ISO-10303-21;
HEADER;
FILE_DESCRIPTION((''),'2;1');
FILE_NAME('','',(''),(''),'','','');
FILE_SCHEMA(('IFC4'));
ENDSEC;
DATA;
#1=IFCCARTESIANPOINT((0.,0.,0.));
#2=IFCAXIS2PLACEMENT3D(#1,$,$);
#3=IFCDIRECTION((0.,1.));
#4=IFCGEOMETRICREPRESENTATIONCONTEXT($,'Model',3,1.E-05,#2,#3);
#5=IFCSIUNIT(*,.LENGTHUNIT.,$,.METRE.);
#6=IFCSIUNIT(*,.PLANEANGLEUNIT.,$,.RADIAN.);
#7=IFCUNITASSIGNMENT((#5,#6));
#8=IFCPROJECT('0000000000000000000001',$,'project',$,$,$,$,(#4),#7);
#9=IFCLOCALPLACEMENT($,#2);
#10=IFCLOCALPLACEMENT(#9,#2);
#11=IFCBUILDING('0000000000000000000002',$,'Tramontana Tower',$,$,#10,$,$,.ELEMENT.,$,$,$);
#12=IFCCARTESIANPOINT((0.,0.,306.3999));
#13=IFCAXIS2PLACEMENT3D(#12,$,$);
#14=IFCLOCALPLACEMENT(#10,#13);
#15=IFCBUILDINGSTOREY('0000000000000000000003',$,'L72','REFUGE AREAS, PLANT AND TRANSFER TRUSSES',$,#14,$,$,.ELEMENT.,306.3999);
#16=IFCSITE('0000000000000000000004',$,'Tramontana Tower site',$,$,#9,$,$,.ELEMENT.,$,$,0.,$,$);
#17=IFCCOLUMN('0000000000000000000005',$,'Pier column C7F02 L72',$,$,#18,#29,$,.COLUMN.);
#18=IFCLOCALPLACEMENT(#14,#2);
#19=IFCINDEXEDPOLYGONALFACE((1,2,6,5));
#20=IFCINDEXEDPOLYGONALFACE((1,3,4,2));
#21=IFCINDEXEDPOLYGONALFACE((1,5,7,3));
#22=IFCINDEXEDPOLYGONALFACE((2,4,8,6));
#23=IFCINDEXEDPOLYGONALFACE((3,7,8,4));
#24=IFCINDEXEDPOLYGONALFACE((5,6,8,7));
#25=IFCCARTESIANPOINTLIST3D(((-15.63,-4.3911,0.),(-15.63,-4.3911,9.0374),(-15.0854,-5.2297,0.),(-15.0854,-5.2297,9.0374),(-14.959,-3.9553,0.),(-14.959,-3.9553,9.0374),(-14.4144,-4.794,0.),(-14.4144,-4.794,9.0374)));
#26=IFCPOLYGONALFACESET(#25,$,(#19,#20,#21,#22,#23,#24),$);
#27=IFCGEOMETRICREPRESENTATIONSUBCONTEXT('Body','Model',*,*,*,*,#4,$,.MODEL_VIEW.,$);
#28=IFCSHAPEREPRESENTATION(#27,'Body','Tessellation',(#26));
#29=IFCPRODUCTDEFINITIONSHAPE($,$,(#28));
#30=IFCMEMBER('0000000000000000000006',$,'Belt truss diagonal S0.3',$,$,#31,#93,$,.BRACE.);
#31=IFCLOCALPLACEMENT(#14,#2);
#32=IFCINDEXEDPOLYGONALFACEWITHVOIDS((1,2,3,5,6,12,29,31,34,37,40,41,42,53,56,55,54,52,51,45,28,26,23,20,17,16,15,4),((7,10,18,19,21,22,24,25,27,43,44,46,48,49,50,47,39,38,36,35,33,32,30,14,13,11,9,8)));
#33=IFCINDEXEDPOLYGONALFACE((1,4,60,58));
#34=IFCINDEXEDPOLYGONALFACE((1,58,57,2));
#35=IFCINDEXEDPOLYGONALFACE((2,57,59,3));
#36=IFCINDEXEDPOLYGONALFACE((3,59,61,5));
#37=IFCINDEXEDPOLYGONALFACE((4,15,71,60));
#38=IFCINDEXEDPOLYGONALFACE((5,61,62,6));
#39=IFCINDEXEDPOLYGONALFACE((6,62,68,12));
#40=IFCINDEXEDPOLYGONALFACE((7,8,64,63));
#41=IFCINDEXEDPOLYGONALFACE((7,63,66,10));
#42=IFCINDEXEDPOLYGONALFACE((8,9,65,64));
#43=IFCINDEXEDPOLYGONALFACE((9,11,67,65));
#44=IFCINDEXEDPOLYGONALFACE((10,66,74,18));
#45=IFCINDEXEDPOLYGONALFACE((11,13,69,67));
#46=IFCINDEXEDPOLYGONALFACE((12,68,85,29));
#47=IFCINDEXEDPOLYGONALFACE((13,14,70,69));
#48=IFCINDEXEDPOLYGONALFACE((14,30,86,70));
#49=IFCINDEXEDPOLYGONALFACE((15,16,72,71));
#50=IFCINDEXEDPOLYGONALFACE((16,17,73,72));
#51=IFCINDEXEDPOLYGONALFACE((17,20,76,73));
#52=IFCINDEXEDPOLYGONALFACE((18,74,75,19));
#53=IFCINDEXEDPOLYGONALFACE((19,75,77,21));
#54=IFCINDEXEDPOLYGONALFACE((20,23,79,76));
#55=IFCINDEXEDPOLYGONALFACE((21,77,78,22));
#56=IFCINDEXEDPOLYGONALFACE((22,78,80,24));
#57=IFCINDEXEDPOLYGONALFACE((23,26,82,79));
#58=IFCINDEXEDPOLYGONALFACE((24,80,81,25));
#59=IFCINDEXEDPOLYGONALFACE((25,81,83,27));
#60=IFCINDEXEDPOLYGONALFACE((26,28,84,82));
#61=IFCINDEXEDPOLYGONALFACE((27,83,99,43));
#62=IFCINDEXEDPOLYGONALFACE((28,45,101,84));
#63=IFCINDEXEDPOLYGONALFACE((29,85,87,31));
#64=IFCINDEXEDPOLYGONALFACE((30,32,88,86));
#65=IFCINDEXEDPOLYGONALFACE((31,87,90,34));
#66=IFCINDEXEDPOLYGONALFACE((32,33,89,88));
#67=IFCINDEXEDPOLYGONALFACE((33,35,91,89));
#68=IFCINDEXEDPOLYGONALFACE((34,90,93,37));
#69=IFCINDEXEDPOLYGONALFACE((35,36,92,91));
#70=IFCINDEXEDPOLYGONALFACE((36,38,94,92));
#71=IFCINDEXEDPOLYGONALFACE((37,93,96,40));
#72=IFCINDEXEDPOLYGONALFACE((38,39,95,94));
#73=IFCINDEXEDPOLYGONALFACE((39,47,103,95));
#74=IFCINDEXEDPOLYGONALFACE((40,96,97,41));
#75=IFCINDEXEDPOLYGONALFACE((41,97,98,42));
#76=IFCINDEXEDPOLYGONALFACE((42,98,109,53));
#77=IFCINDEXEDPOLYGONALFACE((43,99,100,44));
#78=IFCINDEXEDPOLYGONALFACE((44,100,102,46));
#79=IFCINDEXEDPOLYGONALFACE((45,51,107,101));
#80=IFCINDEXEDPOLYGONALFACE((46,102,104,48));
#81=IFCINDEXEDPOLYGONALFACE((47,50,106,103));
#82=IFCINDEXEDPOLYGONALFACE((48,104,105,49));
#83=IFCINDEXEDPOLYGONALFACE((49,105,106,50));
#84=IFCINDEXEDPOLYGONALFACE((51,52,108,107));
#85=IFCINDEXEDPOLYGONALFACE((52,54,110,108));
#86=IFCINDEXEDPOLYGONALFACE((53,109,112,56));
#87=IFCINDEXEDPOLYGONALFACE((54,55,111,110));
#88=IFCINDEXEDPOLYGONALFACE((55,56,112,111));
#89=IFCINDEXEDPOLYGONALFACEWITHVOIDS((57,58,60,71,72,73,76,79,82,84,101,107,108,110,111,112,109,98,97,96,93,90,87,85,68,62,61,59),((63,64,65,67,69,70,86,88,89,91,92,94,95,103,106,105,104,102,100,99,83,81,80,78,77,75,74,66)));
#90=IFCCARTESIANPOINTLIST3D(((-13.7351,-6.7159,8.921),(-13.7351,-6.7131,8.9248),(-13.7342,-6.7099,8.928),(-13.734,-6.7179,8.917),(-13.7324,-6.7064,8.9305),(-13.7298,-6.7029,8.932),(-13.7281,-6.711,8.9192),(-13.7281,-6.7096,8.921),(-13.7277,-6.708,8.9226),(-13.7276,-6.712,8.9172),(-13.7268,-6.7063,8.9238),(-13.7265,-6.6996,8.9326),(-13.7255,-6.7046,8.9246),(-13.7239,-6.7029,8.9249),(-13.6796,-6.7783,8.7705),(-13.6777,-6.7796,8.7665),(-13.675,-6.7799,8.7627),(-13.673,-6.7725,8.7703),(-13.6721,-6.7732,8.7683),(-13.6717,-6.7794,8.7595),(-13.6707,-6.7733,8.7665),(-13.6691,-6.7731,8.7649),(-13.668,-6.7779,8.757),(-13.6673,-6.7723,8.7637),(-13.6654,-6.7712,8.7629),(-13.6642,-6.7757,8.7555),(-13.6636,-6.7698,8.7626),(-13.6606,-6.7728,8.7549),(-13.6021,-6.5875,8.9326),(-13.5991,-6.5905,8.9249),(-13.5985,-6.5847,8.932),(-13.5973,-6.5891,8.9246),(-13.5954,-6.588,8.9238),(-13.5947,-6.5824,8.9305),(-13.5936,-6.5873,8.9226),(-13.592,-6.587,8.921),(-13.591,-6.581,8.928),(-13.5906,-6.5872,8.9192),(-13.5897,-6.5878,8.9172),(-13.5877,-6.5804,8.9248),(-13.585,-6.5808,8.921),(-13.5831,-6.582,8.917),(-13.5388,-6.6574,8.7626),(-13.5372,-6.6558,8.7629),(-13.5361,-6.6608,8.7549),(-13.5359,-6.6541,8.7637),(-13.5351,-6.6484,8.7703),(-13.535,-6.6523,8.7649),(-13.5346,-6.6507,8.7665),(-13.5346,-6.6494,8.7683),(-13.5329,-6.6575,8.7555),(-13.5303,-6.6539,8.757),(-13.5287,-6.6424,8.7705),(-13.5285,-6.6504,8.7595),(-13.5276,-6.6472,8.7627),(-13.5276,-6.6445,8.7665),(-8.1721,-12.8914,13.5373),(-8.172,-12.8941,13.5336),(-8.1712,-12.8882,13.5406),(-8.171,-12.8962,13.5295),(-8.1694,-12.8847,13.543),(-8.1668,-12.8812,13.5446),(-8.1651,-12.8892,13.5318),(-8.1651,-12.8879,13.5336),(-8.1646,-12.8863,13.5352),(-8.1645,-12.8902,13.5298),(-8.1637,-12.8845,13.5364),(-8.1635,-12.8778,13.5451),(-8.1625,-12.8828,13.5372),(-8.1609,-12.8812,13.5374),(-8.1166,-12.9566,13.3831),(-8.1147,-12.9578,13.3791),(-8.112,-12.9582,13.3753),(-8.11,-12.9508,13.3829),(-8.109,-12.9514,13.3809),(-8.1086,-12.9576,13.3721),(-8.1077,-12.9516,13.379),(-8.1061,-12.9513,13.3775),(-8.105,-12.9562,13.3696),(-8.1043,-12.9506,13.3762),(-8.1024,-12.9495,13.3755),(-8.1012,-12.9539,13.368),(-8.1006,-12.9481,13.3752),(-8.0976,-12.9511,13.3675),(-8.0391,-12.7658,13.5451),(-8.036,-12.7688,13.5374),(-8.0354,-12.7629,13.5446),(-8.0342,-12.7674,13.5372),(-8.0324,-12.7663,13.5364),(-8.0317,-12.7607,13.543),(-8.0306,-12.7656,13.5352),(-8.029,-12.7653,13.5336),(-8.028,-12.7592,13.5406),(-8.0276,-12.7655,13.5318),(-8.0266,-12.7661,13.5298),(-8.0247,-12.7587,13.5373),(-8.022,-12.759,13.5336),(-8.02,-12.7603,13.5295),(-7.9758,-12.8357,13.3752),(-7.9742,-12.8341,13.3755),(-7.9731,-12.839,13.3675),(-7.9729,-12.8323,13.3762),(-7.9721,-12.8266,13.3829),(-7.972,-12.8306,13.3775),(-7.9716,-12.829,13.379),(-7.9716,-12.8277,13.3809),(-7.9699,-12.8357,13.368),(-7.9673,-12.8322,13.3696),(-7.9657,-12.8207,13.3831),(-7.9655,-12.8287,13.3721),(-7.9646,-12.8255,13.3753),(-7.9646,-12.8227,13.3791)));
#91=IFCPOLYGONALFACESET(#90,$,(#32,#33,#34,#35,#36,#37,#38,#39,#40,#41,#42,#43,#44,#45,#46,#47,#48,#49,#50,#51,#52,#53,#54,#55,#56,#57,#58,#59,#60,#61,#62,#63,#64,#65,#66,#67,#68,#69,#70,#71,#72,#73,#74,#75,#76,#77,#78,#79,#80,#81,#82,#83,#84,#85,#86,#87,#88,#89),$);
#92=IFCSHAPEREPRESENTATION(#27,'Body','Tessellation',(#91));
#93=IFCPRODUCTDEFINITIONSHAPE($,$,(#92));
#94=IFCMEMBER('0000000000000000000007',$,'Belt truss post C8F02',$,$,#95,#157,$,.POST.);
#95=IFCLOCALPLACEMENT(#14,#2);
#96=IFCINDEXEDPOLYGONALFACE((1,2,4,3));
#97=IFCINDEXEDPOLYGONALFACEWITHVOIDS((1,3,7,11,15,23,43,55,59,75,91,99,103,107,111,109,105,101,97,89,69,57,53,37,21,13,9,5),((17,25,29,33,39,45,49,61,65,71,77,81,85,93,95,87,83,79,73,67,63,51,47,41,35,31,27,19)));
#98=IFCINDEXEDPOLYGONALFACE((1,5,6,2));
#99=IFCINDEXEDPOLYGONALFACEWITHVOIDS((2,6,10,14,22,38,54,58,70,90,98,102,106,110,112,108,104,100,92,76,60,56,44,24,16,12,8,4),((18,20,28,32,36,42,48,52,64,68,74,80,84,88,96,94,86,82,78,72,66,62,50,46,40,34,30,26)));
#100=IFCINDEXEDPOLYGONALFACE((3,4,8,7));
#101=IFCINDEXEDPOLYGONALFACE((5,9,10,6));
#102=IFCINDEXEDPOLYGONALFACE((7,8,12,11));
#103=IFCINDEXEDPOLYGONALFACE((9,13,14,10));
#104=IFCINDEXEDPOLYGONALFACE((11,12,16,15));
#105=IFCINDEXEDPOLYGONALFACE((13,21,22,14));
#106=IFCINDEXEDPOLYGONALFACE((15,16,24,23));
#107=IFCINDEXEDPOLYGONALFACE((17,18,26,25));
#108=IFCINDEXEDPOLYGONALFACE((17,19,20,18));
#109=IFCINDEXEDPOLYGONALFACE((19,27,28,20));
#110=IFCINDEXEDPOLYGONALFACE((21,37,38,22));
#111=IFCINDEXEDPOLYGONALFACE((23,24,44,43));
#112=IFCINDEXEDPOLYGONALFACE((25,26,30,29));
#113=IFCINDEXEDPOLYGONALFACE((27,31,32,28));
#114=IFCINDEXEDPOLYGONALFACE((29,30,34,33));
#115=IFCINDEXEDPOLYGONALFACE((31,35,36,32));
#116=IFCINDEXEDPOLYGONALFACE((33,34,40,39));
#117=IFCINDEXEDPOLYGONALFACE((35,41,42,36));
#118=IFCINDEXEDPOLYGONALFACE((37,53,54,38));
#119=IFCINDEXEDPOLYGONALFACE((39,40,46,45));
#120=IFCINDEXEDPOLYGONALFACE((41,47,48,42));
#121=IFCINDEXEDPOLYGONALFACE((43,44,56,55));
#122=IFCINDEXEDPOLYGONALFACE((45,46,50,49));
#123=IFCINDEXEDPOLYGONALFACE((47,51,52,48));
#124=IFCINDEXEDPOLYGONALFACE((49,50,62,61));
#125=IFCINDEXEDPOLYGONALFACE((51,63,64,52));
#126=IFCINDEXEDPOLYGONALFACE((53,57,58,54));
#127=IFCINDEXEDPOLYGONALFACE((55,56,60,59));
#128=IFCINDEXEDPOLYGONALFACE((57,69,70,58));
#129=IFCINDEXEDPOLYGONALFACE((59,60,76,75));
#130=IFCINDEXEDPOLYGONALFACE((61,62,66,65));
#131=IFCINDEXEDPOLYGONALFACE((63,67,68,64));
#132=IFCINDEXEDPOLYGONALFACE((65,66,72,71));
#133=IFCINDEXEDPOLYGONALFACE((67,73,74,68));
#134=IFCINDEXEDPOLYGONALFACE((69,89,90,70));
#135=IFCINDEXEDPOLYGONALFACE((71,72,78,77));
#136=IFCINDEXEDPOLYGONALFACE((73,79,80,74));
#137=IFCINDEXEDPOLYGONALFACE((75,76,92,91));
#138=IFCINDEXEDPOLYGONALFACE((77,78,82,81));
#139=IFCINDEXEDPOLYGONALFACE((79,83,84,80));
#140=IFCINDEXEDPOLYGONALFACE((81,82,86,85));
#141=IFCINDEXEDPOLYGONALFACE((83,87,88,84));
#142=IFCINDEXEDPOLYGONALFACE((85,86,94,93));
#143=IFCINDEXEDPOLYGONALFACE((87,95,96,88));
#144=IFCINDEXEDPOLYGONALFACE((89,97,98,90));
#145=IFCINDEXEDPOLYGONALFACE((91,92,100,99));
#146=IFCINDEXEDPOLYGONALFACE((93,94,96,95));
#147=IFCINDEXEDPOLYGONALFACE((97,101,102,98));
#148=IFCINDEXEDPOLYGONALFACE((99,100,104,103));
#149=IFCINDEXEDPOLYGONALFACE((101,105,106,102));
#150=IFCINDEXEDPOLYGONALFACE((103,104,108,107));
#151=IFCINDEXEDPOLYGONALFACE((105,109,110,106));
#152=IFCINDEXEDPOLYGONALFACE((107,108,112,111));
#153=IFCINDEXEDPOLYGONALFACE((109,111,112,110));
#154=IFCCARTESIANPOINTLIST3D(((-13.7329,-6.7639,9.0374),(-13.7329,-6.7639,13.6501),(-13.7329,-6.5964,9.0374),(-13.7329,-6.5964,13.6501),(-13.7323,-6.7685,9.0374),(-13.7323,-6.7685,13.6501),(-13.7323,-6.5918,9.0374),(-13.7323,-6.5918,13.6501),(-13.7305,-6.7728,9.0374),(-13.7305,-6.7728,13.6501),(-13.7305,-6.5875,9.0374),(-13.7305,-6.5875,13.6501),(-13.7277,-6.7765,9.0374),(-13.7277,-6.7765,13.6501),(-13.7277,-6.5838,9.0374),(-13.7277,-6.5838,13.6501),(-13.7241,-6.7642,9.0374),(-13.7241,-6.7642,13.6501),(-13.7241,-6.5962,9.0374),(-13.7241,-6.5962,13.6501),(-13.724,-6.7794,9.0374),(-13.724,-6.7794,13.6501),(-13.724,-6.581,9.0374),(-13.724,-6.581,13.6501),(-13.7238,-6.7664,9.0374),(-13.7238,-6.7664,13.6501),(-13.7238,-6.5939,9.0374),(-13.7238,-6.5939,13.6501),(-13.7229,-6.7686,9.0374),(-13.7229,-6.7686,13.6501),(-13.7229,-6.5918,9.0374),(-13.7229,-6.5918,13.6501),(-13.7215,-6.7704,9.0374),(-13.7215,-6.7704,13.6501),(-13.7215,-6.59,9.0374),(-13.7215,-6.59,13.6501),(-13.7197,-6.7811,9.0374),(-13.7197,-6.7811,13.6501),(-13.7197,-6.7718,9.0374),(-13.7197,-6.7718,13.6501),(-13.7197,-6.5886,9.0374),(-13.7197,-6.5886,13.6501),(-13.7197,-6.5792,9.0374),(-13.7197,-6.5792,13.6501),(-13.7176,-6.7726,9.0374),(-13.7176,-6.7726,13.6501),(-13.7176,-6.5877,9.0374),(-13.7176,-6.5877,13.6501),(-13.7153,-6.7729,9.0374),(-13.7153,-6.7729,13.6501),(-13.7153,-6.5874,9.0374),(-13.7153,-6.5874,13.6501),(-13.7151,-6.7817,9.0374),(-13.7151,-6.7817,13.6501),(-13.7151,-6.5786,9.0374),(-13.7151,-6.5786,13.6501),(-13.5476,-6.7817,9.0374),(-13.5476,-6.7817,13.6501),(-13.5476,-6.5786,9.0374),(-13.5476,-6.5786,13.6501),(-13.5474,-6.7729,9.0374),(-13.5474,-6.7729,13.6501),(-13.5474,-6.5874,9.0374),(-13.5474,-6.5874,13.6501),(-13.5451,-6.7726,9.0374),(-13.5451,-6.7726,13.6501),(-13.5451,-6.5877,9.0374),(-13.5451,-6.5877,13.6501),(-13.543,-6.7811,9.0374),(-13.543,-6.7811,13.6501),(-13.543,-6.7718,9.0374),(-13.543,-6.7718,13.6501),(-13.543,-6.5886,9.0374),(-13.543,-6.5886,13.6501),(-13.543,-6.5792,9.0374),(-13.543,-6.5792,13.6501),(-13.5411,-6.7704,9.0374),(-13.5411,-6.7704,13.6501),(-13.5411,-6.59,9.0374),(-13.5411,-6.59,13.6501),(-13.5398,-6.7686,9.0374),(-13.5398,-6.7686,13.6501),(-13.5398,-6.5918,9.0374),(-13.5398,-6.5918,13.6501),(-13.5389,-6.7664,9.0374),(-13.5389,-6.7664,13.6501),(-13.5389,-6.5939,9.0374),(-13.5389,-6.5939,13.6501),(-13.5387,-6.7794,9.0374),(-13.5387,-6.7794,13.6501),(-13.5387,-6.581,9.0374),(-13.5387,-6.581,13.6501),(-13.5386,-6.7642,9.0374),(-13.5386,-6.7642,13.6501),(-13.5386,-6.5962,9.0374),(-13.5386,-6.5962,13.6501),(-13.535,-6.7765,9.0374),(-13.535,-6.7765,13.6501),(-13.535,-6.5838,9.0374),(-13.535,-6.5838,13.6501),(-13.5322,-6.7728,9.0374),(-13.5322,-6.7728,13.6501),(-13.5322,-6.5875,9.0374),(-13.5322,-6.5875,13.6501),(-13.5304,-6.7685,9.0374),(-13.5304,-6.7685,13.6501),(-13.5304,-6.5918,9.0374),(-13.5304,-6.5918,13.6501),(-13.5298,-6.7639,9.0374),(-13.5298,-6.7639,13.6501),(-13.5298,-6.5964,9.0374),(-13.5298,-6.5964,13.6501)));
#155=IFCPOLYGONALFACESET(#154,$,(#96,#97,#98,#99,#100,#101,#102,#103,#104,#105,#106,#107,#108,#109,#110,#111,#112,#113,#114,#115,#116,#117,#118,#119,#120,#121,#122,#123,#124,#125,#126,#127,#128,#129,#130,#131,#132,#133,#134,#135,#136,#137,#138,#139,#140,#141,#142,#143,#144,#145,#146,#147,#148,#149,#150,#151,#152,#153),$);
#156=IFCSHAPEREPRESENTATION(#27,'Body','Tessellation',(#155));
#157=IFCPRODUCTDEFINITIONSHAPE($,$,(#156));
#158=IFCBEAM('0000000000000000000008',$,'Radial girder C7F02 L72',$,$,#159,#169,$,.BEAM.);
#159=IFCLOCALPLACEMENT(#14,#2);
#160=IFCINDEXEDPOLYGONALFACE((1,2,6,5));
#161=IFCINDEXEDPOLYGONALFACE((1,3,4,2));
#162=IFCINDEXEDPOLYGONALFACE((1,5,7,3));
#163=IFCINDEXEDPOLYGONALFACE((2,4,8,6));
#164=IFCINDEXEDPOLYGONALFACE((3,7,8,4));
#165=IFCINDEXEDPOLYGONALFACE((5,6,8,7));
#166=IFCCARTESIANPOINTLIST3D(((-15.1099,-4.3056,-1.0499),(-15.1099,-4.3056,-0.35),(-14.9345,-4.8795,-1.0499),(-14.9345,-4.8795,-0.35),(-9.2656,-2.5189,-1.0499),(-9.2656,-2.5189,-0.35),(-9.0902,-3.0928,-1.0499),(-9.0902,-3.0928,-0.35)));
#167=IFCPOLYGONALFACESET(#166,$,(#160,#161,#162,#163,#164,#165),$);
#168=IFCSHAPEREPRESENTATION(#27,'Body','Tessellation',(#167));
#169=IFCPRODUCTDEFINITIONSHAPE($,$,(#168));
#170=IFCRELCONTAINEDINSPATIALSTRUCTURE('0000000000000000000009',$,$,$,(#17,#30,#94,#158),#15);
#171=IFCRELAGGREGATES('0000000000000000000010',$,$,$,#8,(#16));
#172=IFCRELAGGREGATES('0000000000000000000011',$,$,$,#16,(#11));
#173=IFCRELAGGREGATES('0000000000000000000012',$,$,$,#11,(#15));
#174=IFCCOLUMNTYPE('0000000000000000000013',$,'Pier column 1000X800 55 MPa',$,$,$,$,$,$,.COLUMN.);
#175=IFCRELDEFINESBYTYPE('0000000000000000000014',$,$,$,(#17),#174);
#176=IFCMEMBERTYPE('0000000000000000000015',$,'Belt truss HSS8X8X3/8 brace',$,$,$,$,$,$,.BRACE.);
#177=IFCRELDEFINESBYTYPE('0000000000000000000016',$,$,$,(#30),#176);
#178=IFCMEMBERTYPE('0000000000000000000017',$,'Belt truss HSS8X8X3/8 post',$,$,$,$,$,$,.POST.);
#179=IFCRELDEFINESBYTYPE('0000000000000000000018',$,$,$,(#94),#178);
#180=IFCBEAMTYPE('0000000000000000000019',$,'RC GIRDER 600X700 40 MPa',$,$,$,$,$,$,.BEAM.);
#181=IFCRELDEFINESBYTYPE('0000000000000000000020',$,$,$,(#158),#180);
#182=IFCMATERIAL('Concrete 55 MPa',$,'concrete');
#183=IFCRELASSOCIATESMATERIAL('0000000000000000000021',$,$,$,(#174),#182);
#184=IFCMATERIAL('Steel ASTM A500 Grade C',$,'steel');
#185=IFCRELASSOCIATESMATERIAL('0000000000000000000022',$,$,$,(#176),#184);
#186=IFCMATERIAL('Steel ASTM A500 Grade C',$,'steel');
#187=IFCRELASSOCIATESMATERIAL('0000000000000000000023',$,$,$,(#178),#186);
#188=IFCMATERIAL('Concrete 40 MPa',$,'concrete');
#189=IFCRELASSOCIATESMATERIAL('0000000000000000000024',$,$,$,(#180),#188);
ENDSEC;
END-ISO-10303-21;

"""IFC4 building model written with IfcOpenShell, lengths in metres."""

from ifc_helpers import new_model, si_unit, direction, frame, origin, origin_2d, place, context, subcontext, project, spatial, rectangle, hollow_rectangle, extrude, material, material_profile, profile_set, type_object, element, save


model = new_model("IFC4")

# Units and contexts
model_context = context("Model", 3, precision=1e-05, world=origin(), true_north=direction((0.0, 1.0)))
body_context = subcontext(model_context, "Body", "Model", "MODEL_VIEW")
ifc_project = project(units=[si_unit("LENGTHUNIT", "METRE"), si_unit("PLANEANGLEUNIT", "RADIAN")], contexts=[model_context])

# Site, building, storey
site_placement = place(None, origin())
site = spatial("IfcSite", under=ifc_project, at=site_placement, Name="Tramontana Tower site", CompositionType="ELEMENT", RefElevation=0.0)
building_placement = place(site_placement, origin())
building = spatial("IfcBuilding", under=site, at=building_placement, Name="Tramontana Tower", CompositionType="ELEMENT")
storey_placement = place(building_placement, frame((0.0, 0.0, 306.3999)))
storey = spatial("IfcBuildingStorey", under=building, at=storey_placement, Name="L72", Description="REFUGE AREAS, PLANT AND TRANSFER TRUSSES", CompositionType="ELEMENT", Elevation=306.3999)

# Column
ifc_material_1 = material(Name="Concrete 55 MPa", Category="concrete")
ifc_material_profile_1 = material_profile(ifc_material_1, rectangle(XDim=1.0, YDim=0.8, at=origin_2d()), Name="Pier column 1000X800 55 MPa")
ifc_profile_set_1 = profile_set([ifc_material_profile_1], Name="Concrete 55 MPa")
column_type = type_object("IfcColumnType", Name="Pier column 1000X800 55 MPa", PredefinedType="COLUMN", material=ifc_profile_set_1)
column_placement = place(storey_placement, frame((-15.0222, -4.5925, 0.0), z_axis=(0.0, 0.0, 1.0), x_axis=(0.544639, -0.838671, 0.0)))
element("IfcColumn", 1, at=column_placement, inside=storey, type_object=column_type, Name="Pier column C7F02 L72", PredefinedType="COLUMN", context=body_context, shape_type="SweptSolid", body=[
    extrude(rectangle(XDim=1.0, YDim=0.8, at=origin_2d()), origin(), (0.0, 0.0, 1.0), 9.0374),
])

# Members
ifc_material_2 = material(Name="Steel ASTM A500 Grade C", Category="steel")
ifc_material_profile_2 = material_profile(ifc_material_2, hollow_rectangle(XDim=0.2031, YDim=0.2031, WallThickness=0.0088, InnerFilletRadius=0.0088, OuterFilletRadius=0.0178, at=origin_2d()), Name="HSS8X8X3/8")
ifc_profile_set_2 = profile_set([ifc_material_profile_2], Name="Steel ASTM A500 Grade C")
member_type_1 = type_object("IfcMemberType", Name="Belt truss HSS8X8X3/8 brace", PredefinedType="BRACE", material=ifc_profile_set_2)
member_1_placement = place(storey_placement, frame((-13.6313, -6.6802, 8.8438), z_axis=(0.585115, -0.649825, 0.485148), x_axis=(0.743139, 0.669137, 0.0)))
element("IfcMember", 2, at=member_1_placement, inside=storey, type_object=member_type_1, Name="Belt truss diagonal S0.3", PredefinedType="BRACE", context=body_context, shape_type="SweptSolid", body=[
    extrude(hollow_rectangle(XDim=0.2031, YDim=0.2031, WallThickness=0.0088, InnerFilletRadius=0.0088, OuterFilletRadius=0.0178, at=origin_2d()), origin(), (0.0, 0.0, 1.0), 9.5076),
])
ifc_material_3 = material(Name="Steel ASTM A500 Grade C", Category="steel")
ifc_material_profile_3 = material_profile(ifc_material_3, hollow_rectangle(XDim=0.2031, YDim=0.2031, WallThickness=0.0088, InnerFilletRadius=0.0088, OuterFilletRadius=0.0178, at=origin_2d()), Name="HSS8X8X3/8")
ifc_profile_set_3 = profile_set([ifc_material_profile_3], Name="Steel ASTM A500 Grade C")
member_type_2 = type_object("IfcMemberType", Name="Belt truss HSS8X8X3/8 post", PredefinedType="POST", material=ifc_profile_set_3)
member_2_placement = place(storey_placement, frame((-13.6313, -6.6802, 9.0374), z_axis=(0.0, 0.0, 1.0), x_axis=(1.0, 0.0, 0.0)))
element("IfcMember", 3, at=member_2_placement, inside=storey, type_object=member_type_2, Name="Belt truss post C8F02", PredefinedType="POST", context=body_context, shape_type="SweptSolid", body=[
    extrude(hollow_rectangle(XDim=0.2031, YDim=0.2031, WallThickness=0.0088, InnerFilletRadius=0.0088, OuterFilletRadius=0.0178, at=origin_2d()), origin(), (0.0, 0.0, 1.0), 4.6128),
])

# Beam
ifc_material_4 = material(Name="Concrete 40 MPa", Category="concrete")
ifc_material_profile_4 = material_profile(ifc_material_4, rectangle(XDim=0.6001, YDim=0.7, at=origin_2d()), Name="RC GIRDER 600X700 40 MPa")
ifc_profile_set_4 = profile_set([ifc_material_profile_4], Name="Concrete 40 MPa")
beam_type = type_object("IfcBeamType", Name="RC GIRDER 600X700 40 MPa", PredefinedType="BEAM", material=ifc_profile_set_4)
beam_placement = place(storey_placement, frame((-15.0222, -4.5925, -0.7), z_axis=(0.956311, 0.29235, 0.0), x_axis=(-0.29235, 0.956311, 0.0)))
element("IfcBeam", 4, at=beam_placement, inside=storey, type_object=beam_type, Name="Radial girder C7F02 L72", PredefinedType="BEAM", context=body_context, shape_type="SweptSolid", body=[
    extrude(rectangle(XDim=0.6001, YDim=0.7, at=origin_2d()), origin(), (0.0, 0.0, 1.0), 6.1113),
])

save(model, "model.ifc")
